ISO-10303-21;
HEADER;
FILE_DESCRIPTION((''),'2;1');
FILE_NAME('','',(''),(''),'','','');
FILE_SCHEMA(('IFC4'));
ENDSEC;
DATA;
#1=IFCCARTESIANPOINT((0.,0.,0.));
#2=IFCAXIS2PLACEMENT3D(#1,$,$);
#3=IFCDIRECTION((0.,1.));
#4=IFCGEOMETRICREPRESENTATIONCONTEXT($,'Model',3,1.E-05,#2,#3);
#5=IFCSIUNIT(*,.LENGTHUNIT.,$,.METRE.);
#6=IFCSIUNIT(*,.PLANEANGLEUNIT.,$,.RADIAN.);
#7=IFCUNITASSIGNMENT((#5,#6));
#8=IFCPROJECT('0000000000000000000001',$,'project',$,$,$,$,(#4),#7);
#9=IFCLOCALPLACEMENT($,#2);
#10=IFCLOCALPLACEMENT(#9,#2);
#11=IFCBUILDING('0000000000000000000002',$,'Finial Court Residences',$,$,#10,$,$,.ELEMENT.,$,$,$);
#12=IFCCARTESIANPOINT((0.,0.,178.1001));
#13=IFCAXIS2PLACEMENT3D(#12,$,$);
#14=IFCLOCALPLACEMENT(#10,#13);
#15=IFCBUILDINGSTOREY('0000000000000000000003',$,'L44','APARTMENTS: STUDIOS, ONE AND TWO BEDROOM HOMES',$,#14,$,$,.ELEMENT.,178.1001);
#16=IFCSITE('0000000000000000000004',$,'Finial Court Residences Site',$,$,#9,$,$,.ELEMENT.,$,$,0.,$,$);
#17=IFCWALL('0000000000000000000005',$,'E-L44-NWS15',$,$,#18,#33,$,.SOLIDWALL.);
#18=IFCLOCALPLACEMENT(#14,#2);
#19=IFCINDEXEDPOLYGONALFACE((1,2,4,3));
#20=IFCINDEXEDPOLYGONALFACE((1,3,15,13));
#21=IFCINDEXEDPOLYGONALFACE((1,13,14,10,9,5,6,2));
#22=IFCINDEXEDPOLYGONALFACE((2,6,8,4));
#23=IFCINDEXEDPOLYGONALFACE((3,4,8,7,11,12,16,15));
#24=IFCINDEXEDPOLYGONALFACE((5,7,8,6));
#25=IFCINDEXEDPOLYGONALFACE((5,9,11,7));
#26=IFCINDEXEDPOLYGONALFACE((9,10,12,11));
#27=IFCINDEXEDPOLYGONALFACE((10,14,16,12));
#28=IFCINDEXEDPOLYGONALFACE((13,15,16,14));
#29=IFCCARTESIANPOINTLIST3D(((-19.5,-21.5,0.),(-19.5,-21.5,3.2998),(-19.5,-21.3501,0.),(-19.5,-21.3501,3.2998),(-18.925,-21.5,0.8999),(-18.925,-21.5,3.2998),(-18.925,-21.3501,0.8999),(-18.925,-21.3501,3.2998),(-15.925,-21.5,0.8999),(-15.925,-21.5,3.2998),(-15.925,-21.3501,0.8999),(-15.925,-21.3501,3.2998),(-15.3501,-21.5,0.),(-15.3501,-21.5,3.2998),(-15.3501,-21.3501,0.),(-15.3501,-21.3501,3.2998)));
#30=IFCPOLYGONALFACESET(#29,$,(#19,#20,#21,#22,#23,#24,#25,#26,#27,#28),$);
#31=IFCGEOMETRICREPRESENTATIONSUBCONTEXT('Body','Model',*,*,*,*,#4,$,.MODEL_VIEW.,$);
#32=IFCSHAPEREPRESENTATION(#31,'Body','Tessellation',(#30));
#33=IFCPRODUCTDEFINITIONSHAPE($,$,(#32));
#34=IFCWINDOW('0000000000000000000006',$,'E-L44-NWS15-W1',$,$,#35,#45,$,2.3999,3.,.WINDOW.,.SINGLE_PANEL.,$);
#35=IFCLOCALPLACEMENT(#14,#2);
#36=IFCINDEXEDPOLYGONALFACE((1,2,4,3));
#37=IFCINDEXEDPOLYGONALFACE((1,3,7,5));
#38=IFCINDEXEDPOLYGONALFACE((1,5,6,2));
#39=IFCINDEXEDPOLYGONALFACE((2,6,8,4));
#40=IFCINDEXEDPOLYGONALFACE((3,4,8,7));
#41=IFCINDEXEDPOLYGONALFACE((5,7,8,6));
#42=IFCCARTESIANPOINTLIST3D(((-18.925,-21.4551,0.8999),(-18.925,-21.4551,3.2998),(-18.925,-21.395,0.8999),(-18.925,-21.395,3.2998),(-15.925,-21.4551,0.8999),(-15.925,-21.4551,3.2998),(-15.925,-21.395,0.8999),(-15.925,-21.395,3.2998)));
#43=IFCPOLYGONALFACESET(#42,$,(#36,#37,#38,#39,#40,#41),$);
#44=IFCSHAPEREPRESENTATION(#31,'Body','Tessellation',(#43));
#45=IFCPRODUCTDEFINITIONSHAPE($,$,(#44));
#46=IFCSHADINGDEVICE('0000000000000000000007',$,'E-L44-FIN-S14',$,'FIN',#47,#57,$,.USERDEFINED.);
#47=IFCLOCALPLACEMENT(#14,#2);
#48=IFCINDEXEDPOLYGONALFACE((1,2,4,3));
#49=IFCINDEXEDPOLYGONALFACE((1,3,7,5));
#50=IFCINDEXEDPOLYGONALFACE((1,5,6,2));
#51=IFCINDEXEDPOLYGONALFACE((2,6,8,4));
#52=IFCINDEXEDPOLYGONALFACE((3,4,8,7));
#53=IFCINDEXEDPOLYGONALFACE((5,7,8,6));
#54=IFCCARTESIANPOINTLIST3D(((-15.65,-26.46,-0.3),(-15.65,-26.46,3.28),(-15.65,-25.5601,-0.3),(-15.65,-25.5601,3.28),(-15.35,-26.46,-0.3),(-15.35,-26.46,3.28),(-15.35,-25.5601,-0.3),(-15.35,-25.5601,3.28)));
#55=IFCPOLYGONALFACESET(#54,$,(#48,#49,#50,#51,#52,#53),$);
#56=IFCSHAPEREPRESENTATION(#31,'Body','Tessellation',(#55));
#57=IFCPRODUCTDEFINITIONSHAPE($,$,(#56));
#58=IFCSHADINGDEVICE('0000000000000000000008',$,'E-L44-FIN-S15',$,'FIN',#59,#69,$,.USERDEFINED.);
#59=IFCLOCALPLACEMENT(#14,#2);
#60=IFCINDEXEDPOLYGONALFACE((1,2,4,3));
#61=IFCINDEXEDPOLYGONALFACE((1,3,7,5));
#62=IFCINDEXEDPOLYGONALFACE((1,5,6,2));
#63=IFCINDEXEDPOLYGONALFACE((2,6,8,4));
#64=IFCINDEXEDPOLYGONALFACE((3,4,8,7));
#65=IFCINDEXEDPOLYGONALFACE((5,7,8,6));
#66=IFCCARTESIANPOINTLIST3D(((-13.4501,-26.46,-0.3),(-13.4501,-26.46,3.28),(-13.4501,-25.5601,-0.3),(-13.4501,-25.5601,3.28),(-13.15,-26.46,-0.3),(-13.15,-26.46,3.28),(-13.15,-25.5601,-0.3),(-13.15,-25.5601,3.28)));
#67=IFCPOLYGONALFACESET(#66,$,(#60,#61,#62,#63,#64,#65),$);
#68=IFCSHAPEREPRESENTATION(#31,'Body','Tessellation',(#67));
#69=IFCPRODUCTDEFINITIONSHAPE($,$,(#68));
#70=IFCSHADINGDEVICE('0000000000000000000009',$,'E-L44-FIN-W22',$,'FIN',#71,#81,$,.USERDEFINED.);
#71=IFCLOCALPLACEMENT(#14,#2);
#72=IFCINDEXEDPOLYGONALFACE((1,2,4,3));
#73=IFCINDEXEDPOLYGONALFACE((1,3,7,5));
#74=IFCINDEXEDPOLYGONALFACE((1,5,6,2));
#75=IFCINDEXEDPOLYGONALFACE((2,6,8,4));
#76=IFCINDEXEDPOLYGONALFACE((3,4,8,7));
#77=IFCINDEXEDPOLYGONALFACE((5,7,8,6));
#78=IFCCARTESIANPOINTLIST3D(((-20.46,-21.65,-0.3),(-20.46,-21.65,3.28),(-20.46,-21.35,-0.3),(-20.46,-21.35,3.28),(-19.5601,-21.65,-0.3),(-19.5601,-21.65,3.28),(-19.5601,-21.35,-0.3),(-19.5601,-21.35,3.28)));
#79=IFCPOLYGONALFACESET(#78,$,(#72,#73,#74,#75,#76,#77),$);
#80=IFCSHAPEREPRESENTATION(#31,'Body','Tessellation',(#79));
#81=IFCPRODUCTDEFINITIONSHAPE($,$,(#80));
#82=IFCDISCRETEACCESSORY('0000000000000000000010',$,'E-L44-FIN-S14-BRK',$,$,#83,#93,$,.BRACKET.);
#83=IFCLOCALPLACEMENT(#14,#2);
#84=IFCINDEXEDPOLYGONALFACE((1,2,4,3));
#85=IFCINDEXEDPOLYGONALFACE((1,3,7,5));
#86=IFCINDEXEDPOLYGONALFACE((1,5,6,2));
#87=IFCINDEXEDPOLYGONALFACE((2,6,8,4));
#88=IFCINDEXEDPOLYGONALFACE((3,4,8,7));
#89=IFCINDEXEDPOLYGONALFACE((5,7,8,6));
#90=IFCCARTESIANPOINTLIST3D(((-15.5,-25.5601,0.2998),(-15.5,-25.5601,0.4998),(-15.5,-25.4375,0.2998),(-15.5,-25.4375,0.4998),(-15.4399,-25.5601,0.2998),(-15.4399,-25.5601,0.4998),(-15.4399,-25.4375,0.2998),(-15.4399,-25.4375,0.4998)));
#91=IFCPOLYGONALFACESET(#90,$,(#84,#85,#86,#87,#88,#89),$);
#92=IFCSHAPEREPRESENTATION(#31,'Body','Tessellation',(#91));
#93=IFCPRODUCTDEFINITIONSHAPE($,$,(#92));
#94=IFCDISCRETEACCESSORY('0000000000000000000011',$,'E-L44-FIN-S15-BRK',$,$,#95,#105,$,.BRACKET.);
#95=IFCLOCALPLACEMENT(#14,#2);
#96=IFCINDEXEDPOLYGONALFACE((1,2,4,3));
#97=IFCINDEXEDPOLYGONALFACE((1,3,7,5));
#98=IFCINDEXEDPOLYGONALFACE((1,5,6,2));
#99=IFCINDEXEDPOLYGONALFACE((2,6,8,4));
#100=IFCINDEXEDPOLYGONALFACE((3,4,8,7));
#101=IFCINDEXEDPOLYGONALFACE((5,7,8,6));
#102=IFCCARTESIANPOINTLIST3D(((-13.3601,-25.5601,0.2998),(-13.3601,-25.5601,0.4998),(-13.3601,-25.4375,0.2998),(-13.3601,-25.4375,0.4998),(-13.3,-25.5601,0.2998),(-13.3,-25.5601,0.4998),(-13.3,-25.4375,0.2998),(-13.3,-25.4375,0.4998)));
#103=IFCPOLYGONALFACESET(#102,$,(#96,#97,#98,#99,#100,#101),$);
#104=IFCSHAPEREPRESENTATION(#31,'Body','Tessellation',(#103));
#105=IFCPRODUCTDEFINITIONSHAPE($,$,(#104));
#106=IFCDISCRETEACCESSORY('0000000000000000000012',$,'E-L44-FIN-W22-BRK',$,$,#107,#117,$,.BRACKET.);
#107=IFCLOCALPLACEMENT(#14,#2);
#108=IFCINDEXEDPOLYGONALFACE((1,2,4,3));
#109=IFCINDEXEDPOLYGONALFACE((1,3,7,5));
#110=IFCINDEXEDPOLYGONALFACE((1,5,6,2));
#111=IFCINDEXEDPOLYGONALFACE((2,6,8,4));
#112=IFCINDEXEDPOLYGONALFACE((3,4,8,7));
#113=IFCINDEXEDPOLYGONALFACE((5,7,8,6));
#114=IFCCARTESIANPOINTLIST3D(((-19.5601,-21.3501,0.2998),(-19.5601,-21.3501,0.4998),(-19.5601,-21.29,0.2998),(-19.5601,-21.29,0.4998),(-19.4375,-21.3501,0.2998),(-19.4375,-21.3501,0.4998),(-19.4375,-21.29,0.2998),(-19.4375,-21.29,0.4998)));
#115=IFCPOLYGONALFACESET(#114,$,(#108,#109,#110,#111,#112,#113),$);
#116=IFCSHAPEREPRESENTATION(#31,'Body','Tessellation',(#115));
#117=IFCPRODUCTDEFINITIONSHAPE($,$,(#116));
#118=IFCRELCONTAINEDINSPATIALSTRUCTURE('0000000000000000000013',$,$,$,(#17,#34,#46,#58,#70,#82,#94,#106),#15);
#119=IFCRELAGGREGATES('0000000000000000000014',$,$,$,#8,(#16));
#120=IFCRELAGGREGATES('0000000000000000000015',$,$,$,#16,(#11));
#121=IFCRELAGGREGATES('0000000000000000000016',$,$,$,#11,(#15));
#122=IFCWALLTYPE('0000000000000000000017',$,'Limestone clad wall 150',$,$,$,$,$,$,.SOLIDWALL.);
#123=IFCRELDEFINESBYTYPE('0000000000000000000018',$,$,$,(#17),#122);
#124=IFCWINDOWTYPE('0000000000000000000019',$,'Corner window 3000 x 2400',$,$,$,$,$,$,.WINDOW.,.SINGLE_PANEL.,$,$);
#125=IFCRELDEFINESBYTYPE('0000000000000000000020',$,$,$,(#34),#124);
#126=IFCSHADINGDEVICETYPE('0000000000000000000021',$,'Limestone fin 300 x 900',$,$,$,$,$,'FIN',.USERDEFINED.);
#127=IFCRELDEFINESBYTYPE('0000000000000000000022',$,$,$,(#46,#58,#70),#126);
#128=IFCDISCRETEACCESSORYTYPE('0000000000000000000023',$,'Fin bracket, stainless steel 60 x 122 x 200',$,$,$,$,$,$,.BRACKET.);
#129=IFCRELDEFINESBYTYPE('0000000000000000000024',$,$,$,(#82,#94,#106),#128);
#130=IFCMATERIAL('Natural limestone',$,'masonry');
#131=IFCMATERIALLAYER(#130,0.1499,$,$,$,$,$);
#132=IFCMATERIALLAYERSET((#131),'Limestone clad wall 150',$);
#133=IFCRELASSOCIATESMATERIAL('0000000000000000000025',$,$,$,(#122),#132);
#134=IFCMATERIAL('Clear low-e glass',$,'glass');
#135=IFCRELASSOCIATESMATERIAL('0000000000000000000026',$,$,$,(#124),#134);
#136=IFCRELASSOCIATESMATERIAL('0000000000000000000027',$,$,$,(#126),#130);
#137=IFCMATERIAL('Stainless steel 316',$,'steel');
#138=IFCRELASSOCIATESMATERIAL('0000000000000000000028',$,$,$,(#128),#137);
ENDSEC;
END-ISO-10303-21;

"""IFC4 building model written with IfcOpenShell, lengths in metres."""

from ifc_helpers import new_model, si_unit, direction, frame, frame_2d, origin, origin_2d, place, context, subcontext, project, spatial, rectangle, extrude, material, layer, layer_set, type_object, element, fill, save


model = new_model("IFC4")

# Units and contexts
model_context = context("Model", 3, precision=1e-05, world=origin(), true_north=direction((0.0, 1.0)))
body_context = subcontext(model_context, "Body", "Model", "MODEL_VIEW")
ifc_project = project(units=[si_unit("LENGTHUNIT", "METRE"), si_unit("PLANEANGLEUNIT", "RADIAN")], contexts=[model_context])

# Site, building, storey
site_placement = place(None, origin())
site = spatial("IfcSite", under=ifc_project, at=site_placement, Name="Finial Court Residences Site", CompositionType="ELEMENT", RefElevation=0.0)
building_placement = place(site_placement, origin())
building = spatial("IfcBuilding", under=site, at=building_placement, Name="Finial Court Residences", CompositionType="ELEMENT")
storey_placement = place(building_placement, frame((0.0, 0.0, 178.1001)))
storey = spatial("IfcBuildingStorey", under=building, at=storey_placement, Name="L44", Description="APARTMENTS: STUDIOS, ONE AND TWO BEDROOM HOMES", CompositionType="ELEMENT", Elevation=178.1001)

# Shared definitions
ifc_material_1 = material(Name="Clear low-e glass", Category="glass")

# Wall, opening, window
ifc_material_2 = material(Name="Natural limestone", Category="masonry")
ifc_layer_1 = layer(ifc_material_2, 0.1499)
ifc_layer_set_1 = layer_set([ifc_layer_1], Name="Limestone clad wall 150")
wall_type_1 = type_object("IfcWallType", Name="Limestone clad wall 150", PredefinedType="SOLIDWALL", material=ifc_layer_set_1)
wall_1_placement = place(storey_placement, frame((-15.3501, -21.425, 0.0), z_axis=(0.0, 0.0, 1.0), x_axis=(-1.0, 0.0, 0.0)))
wall_1 = element("IfcWall", 1, at=wall_1_placement, inside=storey, type_object=wall_type_1, Name="E-L44-NWS15", PredefinedType="SOLIDWALL", context=body_context, shape_type="SweptSolid", body=[
    extrude(rectangle(XDim=4.1499, YDim=0.1499, at=frame_2d((2.075, 0.0))), origin(), (0.0, 0.0, 1.0), 3.2998),
])
opening_1_placement = place(wall_1_placement, frame((0.575, 0.0, 0.8999)))
opening_1 = element("IfcOpeningElement", 2, at=opening_1_placement, cuts=wall_1, PredefinedType="OPENING", context=body_context, shape_type="SweptSolid", body=[
    extrude(rectangle(XDim=3.0, YDim=2.3999, at=frame_2d((1.5, 1.2))), frame((0.0, 0.085, 0.0), z_axis=(0.0, -1.0, 0.0), x_axis=(1.0, 0.0, 0.0)), (0.0, 0.0, 1.0), 0.1699),
])
window_type_1 = type_object("IfcWindowType", Name="Corner window 3000 x 2400", PartitioningType="SINGLE_PANEL", PredefinedType="WINDOW", material=ifc_material_1)
window_1_placement = place(opening_1_placement, origin())
window_1 = element("IfcWindow", 3, at=window_1_placement, inside=storey, type_object=window_type_1, Name="E-L44-NWS15-W1", OverallHeight=2.3999, OverallWidth=3.0, PartitioningType="SINGLE_PANEL", PredefinedType="WINDOW", context=body_context, shape_type="SweptSolid", body=[
    extrude(rectangle(XDim=3.0, YDim=2.3999, at=frame_2d((1.5, 1.2))), frame((0.0, 0.03, 0.0), z_axis=(0.0, -1.0, 0.0), x_axis=(1.0, 0.0, 0.0)), (0.0, 0.0, 1.0), 0.0601),
])
fill(opening_1, window_1)

# Shading devices
shading_device_type = type_object("IfcShadingDeviceType", Name="Limestone fin 300 x 900", ElementType="FIN", PredefinedType="USERDEFINED", material=ifc_material_2)
for number, where, z_axis, x_axis, name in (
    (4, (-15.5, -26.01, -0.3), (0.0, 0.0, 1.0), (1.0, 0.0, 0.0), "E-L44-FIN-S14"),
    (5, (-13.3, -26.01, -0.3), (0.0, 0.0, 1.0), (1.0, 0.0, 0.0), "E-L44-FIN-S15"),
):
    element("IfcShadingDevice", number, at=place(storey_placement, frame(where, z_axis=z_axis, x_axis=x_axis)), inside=storey, type_object=shading_device_type, Name=name, ObjectType="FIN", PredefinedType="USERDEFINED", context=body_context, shape_type="SweptSolid", body=[
        extrude(rectangle(XDim=0.3, YDim=0.8999, at=origin_2d()), origin(), (0.0, 0.0, 1.0), 3.5801),
    ])
shading_device_placement = place(storey_placement, frame((-20.01, -21.5, -0.3), z_axis=(0.0, 0.0, 1.0), x_axis=(1.0, 0.0, 0.0)))
element("IfcShadingDevice", 6, at=shading_device_placement, inside=storey, type_object=shading_device_type, Name="E-L44-FIN-W22", ObjectType="FIN", PredefinedType="USERDEFINED", context=body_context, shape_type="SweptSolid", body=[
    extrude(rectangle(XDim=0.8999, YDim=0.3, at=origin_2d()), origin(), (0.0, 0.0, 1.0), 3.5801),
])

# Discrete accessories
ifc_material_3 = material(Name="Stainless steel 316", Category="steel")
discrete_accessory_type = type_object("IfcDiscreteAccessoryType", Name="Fin bracket, stainless steel 60 x 122 x 200", PredefinedType="BRACKET", material=ifc_material_3)
for number, where, z_axis, x_axis, name in (
    (7, (-15.47, -25.4988, 0.2998), (0.0, 0.0, 1.0), (1.0, 0.0, 0.0), "E-L44-FIN-S14-BRK"),
    (8, (-13.3301, -25.4988, 0.2998), (0.0, 0.0, 1.0), (1.0, 0.0, 0.0), "E-L44-FIN-S15-BRK"),
):
    element("IfcDiscreteAccessory", number, at=place(storey_placement, frame(where, z_axis=z_axis, x_axis=x_axis)), inside=storey, type_object=discrete_accessory_type, Name=name, PredefinedType="BRACKET", context=body_context, shape_type="SweptSolid", body=[
        extrude(rectangle(XDim=0.0601, YDim=0.1226, at=origin_2d()), origin(), (0.0, 0.0, 1.0), 0.2),
    ])
discrete_accessory_placement = place(storey_placement, frame((-19.4988, -21.3201, 0.2998), z_axis=(0.0, 0.0, 1.0), x_axis=(1.0, 0.0, 0.0)))
element("IfcDiscreteAccessory", 9, at=discrete_accessory_placement, inside=storey, type_object=discrete_accessory_type, Name="E-L44-FIN-W22-BRK", PredefinedType="BRACKET", context=body_context, shape_type="SweptSolid", body=[
    extrude(rectangle(XDim=0.1226, YDim=0.0601, at=origin_2d()), origin(), (0.0, 0.0, 1.0), 0.2),
])

save(model, "model.ifc")
